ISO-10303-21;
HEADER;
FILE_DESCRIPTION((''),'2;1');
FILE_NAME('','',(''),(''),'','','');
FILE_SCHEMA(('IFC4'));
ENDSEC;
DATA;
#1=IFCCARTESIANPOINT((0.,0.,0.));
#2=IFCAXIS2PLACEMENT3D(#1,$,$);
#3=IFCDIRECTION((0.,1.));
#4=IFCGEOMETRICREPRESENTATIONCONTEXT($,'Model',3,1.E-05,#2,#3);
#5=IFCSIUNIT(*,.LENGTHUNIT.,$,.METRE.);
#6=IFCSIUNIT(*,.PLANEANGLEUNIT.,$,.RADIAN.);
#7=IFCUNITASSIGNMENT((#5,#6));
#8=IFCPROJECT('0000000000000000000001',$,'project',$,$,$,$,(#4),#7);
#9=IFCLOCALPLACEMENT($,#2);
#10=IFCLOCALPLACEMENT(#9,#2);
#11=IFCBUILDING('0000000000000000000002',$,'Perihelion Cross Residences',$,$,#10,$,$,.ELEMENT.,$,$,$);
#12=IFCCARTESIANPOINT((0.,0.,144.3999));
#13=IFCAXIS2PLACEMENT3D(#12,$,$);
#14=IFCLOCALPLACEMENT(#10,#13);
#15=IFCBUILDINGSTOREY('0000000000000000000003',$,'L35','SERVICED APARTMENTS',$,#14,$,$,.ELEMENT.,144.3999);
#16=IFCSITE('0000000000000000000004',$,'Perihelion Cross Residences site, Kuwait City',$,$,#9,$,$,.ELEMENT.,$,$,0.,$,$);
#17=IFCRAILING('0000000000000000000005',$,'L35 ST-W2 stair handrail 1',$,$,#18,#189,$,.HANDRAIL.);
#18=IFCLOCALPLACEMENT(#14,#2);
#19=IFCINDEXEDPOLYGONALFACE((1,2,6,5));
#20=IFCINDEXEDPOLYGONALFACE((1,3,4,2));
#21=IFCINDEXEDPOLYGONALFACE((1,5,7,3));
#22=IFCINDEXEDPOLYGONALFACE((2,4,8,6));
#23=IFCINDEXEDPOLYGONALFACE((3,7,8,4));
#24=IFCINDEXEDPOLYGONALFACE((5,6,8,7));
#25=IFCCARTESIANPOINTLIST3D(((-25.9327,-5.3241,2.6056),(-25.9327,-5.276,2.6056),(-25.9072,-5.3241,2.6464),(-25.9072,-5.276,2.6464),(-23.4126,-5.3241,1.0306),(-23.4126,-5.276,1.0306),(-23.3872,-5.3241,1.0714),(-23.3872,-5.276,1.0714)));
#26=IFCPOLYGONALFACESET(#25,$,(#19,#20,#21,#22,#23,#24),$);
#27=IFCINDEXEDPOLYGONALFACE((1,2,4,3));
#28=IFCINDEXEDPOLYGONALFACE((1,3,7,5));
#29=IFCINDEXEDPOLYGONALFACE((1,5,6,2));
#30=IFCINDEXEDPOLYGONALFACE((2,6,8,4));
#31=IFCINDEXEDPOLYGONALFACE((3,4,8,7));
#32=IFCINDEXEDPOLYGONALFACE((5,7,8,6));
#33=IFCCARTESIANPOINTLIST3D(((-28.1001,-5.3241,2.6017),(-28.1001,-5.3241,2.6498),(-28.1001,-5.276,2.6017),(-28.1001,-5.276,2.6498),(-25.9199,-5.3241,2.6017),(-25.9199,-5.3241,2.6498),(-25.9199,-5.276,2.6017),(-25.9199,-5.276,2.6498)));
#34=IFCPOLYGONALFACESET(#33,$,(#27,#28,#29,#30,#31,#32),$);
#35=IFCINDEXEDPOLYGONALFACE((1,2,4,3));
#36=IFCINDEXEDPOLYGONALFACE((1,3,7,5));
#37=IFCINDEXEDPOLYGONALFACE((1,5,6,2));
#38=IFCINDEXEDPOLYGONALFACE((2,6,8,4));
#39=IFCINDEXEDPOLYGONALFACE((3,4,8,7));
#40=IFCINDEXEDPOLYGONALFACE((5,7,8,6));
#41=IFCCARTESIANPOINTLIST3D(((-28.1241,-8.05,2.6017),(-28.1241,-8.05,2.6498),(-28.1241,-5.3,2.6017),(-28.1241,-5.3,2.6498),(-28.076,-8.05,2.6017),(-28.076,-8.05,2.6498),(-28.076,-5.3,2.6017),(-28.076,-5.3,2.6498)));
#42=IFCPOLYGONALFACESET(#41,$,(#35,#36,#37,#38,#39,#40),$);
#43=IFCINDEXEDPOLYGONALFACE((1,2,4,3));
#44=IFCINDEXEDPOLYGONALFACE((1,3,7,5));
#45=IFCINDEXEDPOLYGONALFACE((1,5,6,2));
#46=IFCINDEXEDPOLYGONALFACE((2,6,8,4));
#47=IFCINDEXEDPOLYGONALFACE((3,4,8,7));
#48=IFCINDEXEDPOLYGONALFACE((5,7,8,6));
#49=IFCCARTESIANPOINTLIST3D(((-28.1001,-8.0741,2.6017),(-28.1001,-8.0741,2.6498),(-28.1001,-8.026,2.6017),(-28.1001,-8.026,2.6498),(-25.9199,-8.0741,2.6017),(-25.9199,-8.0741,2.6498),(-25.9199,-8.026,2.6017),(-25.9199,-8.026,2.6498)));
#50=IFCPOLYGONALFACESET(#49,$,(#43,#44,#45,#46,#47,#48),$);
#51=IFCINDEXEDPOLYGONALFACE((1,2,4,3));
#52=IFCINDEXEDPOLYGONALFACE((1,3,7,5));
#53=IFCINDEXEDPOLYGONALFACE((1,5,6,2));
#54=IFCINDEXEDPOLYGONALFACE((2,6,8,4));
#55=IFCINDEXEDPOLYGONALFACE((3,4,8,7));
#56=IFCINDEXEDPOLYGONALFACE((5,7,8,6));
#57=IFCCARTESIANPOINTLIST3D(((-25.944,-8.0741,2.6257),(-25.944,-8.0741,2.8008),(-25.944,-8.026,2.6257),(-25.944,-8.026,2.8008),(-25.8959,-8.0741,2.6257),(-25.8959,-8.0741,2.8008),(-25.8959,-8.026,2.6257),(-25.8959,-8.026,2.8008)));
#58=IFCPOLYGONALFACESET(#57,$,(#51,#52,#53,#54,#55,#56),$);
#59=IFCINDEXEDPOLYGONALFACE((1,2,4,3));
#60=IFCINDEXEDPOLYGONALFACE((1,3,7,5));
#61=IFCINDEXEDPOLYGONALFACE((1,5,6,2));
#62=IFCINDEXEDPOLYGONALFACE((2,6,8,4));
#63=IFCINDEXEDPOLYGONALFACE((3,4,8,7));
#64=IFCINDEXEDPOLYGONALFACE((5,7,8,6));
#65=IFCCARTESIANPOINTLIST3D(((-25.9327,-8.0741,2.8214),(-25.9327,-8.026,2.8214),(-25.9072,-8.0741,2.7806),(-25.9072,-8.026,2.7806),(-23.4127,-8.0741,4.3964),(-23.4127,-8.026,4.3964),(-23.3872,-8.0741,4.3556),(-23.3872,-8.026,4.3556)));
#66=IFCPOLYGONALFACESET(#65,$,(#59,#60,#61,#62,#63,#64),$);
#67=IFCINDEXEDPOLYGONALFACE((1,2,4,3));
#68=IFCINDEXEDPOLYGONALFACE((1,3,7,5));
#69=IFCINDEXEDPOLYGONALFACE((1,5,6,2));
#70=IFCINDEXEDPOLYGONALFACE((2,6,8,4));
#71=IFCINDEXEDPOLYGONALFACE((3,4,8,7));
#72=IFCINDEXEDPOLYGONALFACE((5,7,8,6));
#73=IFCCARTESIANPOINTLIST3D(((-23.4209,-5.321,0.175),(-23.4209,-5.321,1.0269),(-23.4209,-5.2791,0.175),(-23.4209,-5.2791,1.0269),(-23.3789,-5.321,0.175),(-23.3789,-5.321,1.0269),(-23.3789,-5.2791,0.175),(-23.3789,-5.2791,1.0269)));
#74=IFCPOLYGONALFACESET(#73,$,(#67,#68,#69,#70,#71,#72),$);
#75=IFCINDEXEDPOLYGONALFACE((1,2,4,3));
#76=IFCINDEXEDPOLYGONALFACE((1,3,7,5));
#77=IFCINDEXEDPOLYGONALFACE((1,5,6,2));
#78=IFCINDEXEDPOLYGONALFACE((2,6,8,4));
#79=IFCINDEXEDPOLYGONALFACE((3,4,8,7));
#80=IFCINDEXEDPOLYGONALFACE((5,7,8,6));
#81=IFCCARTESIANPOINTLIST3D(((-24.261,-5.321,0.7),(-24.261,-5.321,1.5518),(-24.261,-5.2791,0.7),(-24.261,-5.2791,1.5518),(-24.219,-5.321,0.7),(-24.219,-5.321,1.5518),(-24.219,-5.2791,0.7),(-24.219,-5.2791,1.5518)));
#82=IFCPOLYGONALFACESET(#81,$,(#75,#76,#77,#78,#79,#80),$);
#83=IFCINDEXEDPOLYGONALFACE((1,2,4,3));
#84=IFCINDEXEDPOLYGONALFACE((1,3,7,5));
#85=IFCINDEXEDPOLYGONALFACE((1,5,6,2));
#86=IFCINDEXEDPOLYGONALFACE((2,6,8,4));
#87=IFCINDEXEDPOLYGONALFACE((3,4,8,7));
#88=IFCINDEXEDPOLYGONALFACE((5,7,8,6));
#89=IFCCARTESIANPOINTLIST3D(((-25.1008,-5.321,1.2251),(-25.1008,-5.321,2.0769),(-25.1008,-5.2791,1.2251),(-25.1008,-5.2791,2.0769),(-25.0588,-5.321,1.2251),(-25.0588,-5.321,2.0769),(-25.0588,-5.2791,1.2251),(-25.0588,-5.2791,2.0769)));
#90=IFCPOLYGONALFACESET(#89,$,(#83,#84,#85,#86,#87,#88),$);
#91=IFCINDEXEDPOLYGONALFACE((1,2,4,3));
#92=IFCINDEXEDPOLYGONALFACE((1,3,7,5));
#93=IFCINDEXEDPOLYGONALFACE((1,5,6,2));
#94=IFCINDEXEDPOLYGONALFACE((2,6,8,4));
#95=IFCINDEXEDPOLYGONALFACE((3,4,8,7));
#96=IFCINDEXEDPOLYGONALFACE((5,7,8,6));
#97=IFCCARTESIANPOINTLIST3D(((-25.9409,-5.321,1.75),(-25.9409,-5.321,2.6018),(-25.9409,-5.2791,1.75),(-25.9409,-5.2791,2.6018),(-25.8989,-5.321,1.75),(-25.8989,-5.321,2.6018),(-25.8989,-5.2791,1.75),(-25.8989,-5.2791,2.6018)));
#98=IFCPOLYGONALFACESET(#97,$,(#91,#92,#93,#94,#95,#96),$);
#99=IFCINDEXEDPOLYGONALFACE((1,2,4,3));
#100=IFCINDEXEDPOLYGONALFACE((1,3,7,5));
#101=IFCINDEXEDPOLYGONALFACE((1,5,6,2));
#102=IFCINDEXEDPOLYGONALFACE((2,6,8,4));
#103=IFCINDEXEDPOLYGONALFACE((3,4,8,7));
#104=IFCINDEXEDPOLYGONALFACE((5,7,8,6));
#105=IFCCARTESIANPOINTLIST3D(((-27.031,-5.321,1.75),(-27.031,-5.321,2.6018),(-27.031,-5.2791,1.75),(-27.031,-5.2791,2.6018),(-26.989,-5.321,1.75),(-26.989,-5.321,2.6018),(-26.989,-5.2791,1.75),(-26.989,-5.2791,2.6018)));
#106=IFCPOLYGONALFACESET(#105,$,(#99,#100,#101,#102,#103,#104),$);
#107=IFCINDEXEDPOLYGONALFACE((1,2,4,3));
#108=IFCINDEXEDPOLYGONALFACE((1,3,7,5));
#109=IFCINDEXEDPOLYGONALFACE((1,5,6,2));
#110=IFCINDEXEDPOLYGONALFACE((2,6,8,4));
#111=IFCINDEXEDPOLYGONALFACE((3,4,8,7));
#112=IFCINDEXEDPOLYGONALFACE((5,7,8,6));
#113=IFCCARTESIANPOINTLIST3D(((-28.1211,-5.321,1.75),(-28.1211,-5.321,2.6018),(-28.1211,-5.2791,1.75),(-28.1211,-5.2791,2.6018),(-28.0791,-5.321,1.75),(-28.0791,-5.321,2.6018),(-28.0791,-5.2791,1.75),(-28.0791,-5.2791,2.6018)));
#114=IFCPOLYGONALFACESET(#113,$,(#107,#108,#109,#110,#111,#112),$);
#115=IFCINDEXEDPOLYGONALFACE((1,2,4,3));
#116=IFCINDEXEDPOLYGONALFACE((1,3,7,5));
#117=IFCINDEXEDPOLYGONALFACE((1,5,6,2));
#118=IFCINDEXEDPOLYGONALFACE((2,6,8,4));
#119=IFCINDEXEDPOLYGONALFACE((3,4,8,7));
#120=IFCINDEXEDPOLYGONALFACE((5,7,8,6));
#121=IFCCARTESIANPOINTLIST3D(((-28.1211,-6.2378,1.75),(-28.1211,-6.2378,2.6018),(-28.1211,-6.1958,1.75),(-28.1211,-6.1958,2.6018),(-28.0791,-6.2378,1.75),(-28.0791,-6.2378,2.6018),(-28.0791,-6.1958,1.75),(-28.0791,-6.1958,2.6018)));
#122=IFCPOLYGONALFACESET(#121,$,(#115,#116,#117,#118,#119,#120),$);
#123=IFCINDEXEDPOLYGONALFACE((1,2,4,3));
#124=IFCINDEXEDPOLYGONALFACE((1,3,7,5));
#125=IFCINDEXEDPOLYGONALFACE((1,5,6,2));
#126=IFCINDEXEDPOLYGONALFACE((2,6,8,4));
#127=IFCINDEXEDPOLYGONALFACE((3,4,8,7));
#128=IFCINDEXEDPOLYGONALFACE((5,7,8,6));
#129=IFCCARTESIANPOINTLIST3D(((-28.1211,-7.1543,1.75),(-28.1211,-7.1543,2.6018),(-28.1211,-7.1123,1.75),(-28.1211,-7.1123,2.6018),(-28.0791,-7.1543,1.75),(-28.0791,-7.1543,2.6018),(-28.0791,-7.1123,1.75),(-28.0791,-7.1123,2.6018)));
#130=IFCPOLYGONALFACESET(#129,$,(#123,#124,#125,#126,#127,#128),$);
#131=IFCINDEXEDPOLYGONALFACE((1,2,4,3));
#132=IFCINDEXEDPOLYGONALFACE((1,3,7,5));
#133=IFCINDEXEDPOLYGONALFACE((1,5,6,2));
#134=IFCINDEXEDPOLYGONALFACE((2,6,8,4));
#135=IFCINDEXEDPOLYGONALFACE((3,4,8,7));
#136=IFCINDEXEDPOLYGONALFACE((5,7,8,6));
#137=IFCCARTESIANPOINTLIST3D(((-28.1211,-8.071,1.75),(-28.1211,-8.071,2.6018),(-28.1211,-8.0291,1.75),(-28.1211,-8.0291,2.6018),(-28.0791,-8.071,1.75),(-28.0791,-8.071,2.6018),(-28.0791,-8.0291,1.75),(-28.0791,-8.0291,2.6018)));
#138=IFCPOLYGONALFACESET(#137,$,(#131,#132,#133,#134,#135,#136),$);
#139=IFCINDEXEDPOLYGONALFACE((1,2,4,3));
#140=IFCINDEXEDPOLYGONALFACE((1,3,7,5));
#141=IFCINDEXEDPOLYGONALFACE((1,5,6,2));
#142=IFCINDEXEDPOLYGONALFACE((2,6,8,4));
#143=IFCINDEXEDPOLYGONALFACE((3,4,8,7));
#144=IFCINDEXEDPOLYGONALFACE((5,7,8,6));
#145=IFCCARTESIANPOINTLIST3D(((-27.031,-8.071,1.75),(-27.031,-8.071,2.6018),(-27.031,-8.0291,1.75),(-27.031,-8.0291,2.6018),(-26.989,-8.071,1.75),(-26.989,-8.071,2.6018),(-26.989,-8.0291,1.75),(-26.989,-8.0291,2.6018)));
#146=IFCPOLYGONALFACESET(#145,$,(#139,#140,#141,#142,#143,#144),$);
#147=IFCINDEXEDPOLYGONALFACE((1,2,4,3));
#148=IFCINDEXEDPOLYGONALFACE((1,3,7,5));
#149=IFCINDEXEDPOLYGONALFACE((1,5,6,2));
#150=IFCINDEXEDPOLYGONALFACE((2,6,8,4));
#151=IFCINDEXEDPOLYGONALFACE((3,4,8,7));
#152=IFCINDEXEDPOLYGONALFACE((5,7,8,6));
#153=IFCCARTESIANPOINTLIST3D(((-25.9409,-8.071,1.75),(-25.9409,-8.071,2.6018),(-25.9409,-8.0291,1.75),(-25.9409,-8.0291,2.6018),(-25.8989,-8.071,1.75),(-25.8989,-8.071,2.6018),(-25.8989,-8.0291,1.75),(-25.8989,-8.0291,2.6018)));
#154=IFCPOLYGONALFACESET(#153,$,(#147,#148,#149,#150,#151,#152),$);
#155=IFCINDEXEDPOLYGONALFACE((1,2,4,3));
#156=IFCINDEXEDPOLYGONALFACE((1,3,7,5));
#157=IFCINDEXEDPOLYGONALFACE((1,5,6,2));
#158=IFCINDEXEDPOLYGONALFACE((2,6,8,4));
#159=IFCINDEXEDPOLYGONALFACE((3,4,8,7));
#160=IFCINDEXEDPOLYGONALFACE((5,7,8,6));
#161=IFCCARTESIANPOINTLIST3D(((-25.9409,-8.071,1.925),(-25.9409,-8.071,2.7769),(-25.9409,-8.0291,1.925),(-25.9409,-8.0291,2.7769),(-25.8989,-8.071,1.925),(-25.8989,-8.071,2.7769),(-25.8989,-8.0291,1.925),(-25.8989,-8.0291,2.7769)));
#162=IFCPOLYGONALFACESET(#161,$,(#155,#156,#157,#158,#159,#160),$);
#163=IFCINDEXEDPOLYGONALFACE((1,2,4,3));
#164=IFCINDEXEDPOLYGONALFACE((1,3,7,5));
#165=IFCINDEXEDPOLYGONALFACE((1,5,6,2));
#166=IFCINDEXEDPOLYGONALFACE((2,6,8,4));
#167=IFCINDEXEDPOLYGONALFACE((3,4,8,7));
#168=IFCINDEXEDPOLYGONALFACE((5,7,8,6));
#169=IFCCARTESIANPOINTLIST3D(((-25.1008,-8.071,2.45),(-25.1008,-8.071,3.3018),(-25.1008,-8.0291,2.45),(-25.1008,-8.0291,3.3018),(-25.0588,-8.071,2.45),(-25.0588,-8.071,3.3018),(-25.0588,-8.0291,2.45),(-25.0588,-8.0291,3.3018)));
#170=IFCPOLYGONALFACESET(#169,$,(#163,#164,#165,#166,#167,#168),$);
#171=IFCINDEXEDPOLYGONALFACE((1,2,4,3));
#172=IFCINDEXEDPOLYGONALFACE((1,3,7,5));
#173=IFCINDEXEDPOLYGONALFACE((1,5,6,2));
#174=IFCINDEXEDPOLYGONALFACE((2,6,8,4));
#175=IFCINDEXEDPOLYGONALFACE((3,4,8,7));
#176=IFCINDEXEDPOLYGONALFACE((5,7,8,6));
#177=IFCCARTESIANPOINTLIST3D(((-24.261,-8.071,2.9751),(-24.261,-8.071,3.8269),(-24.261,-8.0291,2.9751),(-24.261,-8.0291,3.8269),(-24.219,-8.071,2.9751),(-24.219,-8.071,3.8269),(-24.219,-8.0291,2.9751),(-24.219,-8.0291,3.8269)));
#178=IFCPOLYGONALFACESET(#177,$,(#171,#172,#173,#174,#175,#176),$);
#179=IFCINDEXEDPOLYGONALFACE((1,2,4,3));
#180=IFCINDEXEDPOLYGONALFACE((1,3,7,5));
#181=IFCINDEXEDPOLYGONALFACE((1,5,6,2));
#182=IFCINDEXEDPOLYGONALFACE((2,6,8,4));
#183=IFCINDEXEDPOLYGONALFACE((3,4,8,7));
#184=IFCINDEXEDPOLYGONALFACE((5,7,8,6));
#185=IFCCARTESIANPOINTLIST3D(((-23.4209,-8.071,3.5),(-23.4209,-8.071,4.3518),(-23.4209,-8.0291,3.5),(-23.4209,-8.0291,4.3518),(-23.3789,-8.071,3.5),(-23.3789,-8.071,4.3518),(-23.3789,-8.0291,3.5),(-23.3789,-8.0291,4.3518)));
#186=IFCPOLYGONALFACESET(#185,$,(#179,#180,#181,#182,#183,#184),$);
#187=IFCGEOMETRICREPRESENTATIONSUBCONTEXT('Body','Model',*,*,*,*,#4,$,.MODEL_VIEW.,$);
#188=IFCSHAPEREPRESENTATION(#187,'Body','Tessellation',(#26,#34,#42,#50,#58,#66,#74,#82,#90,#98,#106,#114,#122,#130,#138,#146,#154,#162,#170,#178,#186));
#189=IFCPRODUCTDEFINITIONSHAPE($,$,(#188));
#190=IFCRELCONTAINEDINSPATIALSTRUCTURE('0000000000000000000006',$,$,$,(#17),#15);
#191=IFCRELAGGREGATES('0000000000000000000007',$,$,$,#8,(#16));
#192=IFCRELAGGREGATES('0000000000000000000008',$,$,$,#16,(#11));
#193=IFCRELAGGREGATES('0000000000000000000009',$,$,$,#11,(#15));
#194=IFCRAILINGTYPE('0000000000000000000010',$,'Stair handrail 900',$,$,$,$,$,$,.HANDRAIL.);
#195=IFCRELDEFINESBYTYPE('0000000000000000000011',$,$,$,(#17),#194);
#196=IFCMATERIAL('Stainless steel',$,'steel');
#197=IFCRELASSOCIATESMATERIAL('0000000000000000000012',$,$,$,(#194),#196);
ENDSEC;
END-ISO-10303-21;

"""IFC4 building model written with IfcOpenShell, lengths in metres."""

from ifc_helpers import new_model, si_unit, direction, frame, origin, origin_2d, place, context, subcontext, project, spatial, rectangle, extrude, material, type_object, element, save


model = new_model("IFC4")

# Units and contexts
model_context = context("Model", 3, precision=1e-05, world=origin(), true_north=direction((0.0, 1.0)))
body_context = subcontext(model_context, "Body", "Model", "MODEL_VIEW")
ifc_project = project(units=[si_unit("LENGTHUNIT", "METRE"), si_unit("PLANEANGLEUNIT", "RADIAN")], contexts=[model_context])

# Site, building, storey
site_placement = place(None, origin())
site = spatial("IfcSite", under=ifc_project, at=site_placement, Name="Perihelion Cross Residences site, Kuwait City", CompositionType="ELEMENT", RefElevation=0.0)
building_placement = place(site_placement, origin())
building = spatial("IfcBuilding", under=site, at=building_placement, Name="Perihelion Cross Residences", CompositionType="ELEMENT")
storey_placement = place(building_placement, frame((0.0, 0.0, 144.3999)))
storey = spatial("IfcBuildingStorey", under=building, at=storey_placement, Name="L35", Description="SERVICED APARTMENTS", CompositionType="ELEMENT", Elevation=144.3999)

# Railing
ifc_material_1 = material(Name="Stainless steel", Category="steel")
railing_type_1 = type_object("IfcRailingType", Name="Stair handrail 900", PredefinedType="HANDRAIL", material=ifc_material_1)
railing_1_placement = place(storey_placement, frame((-23.3999, -5.3, 0.175)))
element("IfcRailing", 1, at=railing_1_placement, inside=storey, type_object=railing_type_1, Name="L35 ST-W2 stair handrail 1", PredefinedType="HANDRAIL", context=body_context, shape_type="SweptSolid", body=[
    extrude(rectangle(XDim=0.0481, YDim=0.0481, at=origin_2d()), frame((0.0, 0.0, 0.876), z_axis=(-0.848008, 0.0, 0.529984), x_axis=(0.0, -1.0, 0.0)), (0.0, 0.0, 1.0), 2.9717),
    extrude(rectangle(XDim=0.0481, YDim=0.0481, at=origin_2d()), frame((-2.52, 0.0, 2.4507), z_axis=(-1.0, 0.0, 0.0), x_axis=(0.0, -1.0, 0.0)), (0.0, 0.0, 1.0), 2.1802),
    extrude(rectangle(XDim=0.0481, YDim=0.0481, at=origin_2d()), frame((-4.7002, 0.0, 2.4507), z_axis=(0.0, -1.0, 0.0), x_axis=(1.0, 0.0, 0.0)), (0.0, 0.0, 1.0), 2.75),
    extrude(rectangle(XDim=0.0481, YDim=0.0481, at=origin_2d()), frame((-4.7002, -2.75, 2.4507), z_axis=(1.0, 0.0, 0.0), x_axis=(0.0, 1.0, 0.0)), (0.0, 0.0, 1.0), 2.1802),
    extrude(rectangle(XDim=0.0481, YDim=0.0481, at=origin_2d()), frame((-2.52, -2.75, 2.4507), z_axis=(0.0, 0.0, 1.0), x_axis=(1.0, 0.0, 0.0)), (0.0, 0.0, 1.0), 0.175),
    extrude(rectangle(XDim=0.0481, YDim=0.0481, at=origin_2d()), frame((-2.52, -2.75, 2.626), z_axis=(0.848008, 0.0, 0.529984), x_axis=(0.0, 1.0, 0.0)), (0.0, 0.0, 1.0), 2.9717),
    extrude(rectangle(XDim=0.042, YDim=0.042, at=origin_2d()), origin(), (0.0, 0.0, 1.0), 0.8518),
    extrude(rectangle(XDim=0.042, YDim=0.042, at=origin_2d()), frame((-0.8401, 0.0, 0.5249)), (0.0, 0.0, 1.0), 0.8518),
    extrude(rectangle(XDim=0.042, YDim=0.042, at=origin_2d()), frame((-1.6799, 0.0, 1.05)), (0.0, 0.0, 1.0), 0.8518),
    extrude(rectangle(XDim=0.042, YDim=0.042, at=origin_2d()), frame((-2.52, 0.0, 1.575)), (0.0, 0.0, 1.0), 0.8518),
    extrude(rectangle(XDim=0.042, YDim=0.042, at=origin_2d()), frame((-3.6101, 0.0, 1.575)), (0.0, 0.0, 1.0), 0.8518),
    extrude(rectangle(XDim=0.042, YDim=0.042, at=origin_2d()), frame((-4.7002, 0.0, 1.575)), (0.0, 0.0, 1.0), 0.8518),
    extrude(rectangle(XDim=0.042, YDim=0.042, at=origin_2d()), frame((-4.7002, -0.9167, 1.575)), (0.0, 0.0, 1.0), 0.8518),
    extrude(rectangle(XDim=0.042, YDim=0.042, at=origin_2d()), frame((-4.7002, -1.8333, 1.575)), (0.0, 0.0, 1.0), 0.8518),
    extrude(rectangle(XDim=0.042, YDim=0.042, at=origin_2d()), frame((-4.7002, -2.75, 1.575)), (0.0, 0.0, 1.0), 0.8518),
    extrude(rectangle(XDim=0.042, YDim=0.042, at=origin_2d()), frame((-3.6101, -2.75, 1.575)), (0.0, 0.0, 1.0), 0.8518),
    extrude(rectangle(XDim=0.042, YDim=0.042, at=origin_2d()), frame((-2.52, -2.75, 1.575)), (0.0, 0.0, 1.0), 0.8518),
    extrude(rectangle(XDim=0.042, YDim=0.042, at=origin_2d()), frame((-2.52, -2.75, 1.75)), (0.0, 0.0, 1.0), 0.8518),
    extrude(rectangle(XDim=0.042, YDim=0.042, at=origin_2d()), frame((-1.6799, -2.75, 2.2749)), (0.0, 0.0, 1.0), 0.8518),
    extrude(rectangle(XDim=0.042, YDim=0.042, at=origin_2d()), frame((-0.8401, -2.75, 2.8)), (0.0, 0.0, 1.0), 0.8518),
    extrude(rectangle(XDim=0.042, YDim=0.042, at=origin_2d()), frame((0.0, -2.75, 3.325)), (0.0, 0.0, 1.0), 0.8518),
])

save(model, "model.ifc")
